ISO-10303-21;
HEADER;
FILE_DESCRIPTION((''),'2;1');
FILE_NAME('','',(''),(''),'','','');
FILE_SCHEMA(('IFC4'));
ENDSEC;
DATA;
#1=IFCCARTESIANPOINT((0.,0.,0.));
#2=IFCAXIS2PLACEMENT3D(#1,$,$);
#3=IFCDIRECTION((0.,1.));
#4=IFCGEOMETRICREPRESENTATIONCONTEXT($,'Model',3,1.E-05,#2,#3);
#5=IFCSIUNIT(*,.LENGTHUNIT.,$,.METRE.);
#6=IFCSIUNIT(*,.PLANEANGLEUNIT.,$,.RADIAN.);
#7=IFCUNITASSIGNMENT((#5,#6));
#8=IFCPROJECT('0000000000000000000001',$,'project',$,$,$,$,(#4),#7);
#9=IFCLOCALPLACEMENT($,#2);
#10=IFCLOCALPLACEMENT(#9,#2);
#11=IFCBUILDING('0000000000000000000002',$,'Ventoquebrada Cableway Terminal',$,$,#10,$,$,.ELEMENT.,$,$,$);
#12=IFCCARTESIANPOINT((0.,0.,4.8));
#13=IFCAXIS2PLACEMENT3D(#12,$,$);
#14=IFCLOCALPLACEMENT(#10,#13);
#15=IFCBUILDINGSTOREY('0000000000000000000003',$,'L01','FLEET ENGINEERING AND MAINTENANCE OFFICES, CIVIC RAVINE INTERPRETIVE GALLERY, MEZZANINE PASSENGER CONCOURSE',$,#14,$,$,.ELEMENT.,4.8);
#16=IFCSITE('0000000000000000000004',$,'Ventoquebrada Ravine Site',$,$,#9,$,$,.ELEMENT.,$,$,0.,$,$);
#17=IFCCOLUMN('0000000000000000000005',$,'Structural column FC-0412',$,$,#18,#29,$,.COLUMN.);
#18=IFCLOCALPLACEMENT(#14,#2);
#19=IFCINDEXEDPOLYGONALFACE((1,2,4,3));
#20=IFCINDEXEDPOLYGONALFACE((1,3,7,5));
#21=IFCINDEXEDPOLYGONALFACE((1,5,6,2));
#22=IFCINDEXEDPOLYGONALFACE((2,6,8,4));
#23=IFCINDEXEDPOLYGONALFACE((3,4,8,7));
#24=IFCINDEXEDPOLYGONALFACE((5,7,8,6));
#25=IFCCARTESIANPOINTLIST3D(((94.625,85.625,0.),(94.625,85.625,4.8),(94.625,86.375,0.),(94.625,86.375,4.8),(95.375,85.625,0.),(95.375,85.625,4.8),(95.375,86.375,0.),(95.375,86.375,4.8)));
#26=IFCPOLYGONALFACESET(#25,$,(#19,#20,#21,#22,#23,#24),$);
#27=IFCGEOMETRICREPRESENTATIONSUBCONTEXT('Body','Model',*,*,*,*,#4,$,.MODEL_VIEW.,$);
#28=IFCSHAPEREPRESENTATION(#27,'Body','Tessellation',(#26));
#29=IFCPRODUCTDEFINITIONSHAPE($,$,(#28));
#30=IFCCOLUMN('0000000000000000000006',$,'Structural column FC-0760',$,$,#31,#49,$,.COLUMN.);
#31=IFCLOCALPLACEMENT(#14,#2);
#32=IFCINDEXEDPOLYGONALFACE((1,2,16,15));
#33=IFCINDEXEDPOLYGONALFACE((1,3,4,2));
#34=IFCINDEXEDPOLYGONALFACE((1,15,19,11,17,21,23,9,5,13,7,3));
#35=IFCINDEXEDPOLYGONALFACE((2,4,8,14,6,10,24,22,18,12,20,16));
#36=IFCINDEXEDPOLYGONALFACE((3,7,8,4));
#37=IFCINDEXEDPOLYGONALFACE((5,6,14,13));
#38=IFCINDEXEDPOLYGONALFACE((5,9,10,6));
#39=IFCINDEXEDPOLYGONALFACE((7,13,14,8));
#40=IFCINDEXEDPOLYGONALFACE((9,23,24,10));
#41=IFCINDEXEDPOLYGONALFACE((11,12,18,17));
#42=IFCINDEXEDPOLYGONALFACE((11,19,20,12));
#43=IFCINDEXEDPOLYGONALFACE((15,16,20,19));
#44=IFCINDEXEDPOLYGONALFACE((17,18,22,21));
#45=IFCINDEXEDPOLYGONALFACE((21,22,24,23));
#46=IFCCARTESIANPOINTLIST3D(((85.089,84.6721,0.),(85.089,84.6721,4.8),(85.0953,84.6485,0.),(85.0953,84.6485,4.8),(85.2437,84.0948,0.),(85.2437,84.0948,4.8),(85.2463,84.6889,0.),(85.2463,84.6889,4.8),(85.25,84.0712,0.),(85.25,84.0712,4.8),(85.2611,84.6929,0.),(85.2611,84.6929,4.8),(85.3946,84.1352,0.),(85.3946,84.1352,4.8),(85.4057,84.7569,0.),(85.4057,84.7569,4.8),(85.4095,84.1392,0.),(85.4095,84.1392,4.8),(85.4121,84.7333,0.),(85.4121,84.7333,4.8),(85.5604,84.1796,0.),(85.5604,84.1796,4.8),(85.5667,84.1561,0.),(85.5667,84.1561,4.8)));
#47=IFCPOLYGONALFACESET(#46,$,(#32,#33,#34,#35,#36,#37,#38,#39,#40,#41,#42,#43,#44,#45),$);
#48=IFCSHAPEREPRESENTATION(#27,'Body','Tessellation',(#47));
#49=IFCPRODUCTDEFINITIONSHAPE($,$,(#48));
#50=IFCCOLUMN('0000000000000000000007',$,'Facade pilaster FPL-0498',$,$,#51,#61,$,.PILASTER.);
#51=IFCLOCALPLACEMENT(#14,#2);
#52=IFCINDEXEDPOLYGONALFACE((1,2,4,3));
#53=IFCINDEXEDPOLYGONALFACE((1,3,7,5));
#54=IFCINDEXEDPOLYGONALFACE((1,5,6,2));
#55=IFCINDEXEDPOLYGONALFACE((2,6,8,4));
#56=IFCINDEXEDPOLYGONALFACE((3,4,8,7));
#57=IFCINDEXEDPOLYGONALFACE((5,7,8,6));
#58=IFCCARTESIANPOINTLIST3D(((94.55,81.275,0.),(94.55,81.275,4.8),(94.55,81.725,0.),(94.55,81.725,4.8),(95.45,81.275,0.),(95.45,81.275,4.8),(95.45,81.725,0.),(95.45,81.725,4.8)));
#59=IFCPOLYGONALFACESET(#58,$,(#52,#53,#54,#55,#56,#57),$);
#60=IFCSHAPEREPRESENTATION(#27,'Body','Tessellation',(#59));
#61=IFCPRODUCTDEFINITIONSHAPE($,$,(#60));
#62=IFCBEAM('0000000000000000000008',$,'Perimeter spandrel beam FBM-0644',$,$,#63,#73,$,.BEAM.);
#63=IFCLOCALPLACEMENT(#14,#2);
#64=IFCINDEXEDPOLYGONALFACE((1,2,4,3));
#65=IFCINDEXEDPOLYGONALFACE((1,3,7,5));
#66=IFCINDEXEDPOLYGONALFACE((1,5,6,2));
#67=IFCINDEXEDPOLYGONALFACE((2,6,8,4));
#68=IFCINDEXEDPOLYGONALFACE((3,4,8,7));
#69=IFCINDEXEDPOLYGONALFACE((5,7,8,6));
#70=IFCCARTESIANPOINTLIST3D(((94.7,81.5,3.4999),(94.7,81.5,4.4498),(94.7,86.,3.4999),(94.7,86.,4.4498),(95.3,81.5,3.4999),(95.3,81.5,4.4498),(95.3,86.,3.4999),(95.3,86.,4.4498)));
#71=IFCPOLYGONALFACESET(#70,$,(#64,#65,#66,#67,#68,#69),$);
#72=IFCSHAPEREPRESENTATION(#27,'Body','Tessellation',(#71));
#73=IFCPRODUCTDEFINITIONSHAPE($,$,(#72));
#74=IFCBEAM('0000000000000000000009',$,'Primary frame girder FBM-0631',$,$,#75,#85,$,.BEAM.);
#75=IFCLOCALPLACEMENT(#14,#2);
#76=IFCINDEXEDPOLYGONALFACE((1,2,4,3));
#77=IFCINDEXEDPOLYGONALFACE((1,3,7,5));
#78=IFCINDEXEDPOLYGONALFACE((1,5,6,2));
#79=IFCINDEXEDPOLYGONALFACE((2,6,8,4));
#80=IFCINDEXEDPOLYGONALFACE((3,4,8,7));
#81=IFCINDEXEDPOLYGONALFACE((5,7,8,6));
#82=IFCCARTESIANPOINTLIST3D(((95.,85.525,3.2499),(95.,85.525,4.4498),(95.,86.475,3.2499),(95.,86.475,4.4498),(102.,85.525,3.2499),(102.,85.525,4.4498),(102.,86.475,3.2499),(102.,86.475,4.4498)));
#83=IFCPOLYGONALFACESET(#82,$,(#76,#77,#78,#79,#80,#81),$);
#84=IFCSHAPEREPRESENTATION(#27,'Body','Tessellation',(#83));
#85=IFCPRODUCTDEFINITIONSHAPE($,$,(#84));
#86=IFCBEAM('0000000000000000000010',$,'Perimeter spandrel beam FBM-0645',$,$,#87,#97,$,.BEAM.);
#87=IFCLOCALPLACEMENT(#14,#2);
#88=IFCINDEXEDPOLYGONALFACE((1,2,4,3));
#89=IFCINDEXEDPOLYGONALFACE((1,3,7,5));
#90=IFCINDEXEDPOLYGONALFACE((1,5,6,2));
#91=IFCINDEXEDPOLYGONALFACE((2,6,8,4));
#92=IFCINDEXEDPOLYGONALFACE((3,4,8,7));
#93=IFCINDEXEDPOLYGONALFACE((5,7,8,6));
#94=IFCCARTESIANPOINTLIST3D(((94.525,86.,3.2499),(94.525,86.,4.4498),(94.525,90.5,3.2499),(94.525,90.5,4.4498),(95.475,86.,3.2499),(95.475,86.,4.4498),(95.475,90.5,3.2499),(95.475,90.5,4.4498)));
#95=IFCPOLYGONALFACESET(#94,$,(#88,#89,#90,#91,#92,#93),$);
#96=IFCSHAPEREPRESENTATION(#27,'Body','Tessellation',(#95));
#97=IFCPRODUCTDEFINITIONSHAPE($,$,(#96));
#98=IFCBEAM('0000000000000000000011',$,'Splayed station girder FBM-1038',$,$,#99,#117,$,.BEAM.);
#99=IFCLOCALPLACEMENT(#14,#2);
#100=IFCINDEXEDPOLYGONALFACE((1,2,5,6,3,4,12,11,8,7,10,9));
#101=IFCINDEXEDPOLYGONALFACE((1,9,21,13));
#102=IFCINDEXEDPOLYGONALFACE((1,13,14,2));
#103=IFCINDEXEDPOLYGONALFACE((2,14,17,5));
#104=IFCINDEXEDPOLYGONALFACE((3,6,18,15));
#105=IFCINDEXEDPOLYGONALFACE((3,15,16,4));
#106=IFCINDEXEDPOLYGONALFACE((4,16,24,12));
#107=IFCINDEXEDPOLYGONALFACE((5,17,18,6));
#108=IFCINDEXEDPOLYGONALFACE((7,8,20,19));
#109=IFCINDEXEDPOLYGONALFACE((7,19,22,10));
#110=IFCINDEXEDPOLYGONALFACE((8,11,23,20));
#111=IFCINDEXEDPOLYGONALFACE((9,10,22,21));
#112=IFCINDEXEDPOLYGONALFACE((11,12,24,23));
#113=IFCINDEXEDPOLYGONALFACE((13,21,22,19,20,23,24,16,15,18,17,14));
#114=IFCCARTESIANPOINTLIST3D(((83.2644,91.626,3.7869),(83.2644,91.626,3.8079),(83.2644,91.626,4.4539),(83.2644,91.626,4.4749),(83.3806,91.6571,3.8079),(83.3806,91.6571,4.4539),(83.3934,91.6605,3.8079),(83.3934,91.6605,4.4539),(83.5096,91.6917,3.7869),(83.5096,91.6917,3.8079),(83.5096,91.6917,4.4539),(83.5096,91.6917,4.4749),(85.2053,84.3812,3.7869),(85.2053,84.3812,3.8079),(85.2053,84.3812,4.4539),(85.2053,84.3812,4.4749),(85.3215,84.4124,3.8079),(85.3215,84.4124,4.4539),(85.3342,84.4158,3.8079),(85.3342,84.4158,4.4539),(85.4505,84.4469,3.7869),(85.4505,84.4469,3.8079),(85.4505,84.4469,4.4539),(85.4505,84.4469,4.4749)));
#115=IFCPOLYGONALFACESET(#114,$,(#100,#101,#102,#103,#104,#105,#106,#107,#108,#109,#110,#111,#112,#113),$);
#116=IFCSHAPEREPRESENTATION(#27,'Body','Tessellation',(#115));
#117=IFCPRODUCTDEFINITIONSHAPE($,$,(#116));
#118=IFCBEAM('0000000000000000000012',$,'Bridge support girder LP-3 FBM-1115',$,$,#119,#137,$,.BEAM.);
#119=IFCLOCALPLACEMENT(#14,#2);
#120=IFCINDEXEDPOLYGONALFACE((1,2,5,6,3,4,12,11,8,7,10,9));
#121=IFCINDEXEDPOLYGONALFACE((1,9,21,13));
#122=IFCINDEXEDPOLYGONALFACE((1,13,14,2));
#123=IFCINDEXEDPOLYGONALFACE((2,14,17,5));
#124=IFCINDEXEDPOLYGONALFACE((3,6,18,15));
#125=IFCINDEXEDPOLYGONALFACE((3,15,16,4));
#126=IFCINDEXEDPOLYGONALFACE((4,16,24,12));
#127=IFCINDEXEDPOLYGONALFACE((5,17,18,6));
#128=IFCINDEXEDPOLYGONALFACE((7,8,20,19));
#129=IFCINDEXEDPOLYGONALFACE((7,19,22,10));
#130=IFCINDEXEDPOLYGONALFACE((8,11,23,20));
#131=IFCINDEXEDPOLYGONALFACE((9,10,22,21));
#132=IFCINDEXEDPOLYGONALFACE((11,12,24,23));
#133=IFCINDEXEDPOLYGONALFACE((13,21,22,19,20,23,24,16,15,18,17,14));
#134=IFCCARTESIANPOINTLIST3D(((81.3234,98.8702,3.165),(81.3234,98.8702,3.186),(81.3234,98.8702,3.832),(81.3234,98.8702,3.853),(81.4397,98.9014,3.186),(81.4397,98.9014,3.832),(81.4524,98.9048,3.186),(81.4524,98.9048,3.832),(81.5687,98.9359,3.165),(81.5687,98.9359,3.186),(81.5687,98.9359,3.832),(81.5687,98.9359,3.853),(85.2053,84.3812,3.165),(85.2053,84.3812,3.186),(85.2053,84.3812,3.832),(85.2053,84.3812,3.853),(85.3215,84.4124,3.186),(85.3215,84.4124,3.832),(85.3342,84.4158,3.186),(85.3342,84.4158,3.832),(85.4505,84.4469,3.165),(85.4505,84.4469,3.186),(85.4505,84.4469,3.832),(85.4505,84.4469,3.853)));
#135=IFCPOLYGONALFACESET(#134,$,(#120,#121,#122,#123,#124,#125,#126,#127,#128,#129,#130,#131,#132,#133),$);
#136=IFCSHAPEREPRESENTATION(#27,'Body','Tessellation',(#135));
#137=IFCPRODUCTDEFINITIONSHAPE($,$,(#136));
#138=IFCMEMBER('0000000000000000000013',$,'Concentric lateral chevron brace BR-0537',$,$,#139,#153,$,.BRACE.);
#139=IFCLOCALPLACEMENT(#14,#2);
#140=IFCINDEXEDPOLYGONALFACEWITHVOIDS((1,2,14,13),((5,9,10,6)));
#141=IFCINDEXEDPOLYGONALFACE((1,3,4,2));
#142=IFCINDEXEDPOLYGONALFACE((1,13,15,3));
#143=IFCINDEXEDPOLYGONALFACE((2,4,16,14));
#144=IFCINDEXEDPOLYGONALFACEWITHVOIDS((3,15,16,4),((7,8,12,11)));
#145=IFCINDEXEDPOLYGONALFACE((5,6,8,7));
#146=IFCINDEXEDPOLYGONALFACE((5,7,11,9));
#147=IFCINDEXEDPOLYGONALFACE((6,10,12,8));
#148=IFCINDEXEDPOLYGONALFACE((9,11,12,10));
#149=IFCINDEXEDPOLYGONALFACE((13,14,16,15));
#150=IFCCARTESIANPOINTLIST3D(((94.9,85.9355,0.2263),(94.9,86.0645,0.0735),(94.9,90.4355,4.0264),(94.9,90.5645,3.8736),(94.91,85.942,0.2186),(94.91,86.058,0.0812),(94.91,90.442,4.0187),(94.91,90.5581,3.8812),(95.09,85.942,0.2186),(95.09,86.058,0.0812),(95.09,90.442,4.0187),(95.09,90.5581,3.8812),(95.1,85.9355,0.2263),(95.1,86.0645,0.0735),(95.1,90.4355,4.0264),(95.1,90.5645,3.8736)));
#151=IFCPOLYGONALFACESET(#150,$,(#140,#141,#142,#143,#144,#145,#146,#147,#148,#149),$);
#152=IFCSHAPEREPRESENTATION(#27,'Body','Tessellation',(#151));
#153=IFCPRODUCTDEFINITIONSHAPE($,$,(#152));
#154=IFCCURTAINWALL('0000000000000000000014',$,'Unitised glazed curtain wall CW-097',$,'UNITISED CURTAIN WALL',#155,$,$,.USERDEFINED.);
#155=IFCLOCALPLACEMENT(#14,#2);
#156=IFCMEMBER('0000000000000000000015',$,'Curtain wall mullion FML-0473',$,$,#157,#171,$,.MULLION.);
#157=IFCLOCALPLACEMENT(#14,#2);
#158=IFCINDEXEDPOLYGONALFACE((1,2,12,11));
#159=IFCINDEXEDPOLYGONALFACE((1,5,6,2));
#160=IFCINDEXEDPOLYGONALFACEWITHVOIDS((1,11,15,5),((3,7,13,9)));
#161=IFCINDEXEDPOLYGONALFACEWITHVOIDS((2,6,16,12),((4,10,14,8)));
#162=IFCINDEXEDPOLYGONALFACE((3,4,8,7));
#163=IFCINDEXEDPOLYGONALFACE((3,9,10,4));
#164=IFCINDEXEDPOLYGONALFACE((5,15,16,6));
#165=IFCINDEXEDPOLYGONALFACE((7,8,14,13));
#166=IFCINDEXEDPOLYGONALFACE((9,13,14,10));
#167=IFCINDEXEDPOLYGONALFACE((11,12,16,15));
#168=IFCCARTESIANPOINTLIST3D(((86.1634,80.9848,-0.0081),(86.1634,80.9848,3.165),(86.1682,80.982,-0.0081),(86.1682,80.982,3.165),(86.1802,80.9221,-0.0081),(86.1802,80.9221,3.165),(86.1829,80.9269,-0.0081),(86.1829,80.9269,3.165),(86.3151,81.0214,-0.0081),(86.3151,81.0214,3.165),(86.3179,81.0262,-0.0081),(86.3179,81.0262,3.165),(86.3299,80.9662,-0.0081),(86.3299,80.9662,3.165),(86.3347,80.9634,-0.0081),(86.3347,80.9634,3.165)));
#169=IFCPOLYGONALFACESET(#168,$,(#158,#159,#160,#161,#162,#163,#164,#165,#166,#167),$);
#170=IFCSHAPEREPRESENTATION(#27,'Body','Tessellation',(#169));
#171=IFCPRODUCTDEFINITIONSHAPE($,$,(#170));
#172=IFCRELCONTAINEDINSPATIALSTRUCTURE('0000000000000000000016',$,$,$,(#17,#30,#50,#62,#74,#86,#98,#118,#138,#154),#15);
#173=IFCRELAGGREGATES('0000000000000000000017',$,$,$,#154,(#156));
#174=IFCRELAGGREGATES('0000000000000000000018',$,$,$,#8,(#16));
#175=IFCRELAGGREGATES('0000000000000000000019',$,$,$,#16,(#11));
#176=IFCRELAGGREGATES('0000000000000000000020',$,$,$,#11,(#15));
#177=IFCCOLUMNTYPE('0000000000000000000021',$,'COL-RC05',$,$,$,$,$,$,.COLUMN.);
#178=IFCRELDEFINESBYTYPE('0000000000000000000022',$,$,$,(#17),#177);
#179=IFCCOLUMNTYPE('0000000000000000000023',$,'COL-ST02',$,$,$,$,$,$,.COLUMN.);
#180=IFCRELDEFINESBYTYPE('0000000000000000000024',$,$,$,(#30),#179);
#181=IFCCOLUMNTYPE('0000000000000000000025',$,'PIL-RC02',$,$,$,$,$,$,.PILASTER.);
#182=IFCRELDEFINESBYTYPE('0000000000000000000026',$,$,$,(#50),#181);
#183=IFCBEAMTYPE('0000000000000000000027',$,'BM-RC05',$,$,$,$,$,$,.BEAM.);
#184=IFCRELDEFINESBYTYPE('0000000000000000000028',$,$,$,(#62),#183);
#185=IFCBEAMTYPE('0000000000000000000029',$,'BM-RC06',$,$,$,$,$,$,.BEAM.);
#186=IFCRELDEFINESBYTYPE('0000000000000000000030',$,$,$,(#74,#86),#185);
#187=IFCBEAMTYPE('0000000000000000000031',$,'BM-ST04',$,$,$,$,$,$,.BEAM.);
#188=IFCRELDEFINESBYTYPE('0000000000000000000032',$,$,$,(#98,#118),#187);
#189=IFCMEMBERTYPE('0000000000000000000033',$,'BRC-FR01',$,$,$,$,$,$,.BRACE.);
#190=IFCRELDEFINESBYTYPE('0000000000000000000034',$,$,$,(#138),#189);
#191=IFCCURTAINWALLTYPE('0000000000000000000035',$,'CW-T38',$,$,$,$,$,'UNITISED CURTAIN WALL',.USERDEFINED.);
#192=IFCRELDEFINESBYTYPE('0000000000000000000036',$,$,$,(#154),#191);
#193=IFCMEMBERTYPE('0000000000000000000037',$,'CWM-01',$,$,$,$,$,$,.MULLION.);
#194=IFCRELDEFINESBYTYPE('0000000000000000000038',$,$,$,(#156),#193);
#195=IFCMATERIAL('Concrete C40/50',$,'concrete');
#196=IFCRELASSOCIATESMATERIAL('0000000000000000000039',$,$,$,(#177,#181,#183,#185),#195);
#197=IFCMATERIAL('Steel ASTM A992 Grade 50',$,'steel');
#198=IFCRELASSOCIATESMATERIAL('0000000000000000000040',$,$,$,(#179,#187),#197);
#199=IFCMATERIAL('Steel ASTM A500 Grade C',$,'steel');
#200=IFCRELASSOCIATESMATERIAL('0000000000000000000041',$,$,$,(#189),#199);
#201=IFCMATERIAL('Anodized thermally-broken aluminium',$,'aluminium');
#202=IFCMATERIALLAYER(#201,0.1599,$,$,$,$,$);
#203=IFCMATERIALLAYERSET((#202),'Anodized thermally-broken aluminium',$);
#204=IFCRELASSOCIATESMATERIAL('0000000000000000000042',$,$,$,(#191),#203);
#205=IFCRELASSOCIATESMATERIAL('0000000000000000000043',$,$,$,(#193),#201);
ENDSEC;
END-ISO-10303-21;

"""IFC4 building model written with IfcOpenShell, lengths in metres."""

from ifc_helpers import new_model, si_unit, direction, frame, origin, origin_2d, place, context, subcontext, project, spatial, rectangle, hollow_rectangle, i_section, extrude, material, layer, layer_set, material_profile, profile_set, type_object, element, aggregate, save


model = new_model("IFC4")

# Units and contexts
model_context = context("Model", 3, precision=1e-05, world=origin(), true_north=direction((0.0, 1.0)))
body_context = subcontext(model_context, "Body", "Model", "MODEL_VIEW")
ifc_project = project(units=[si_unit("LENGTHUNIT", "METRE"), si_unit("PLANEANGLEUNIT", "RADIAN")], contexts=[model_context])

# Site, building, storey
site_placement = place(None, origin())
site = spatial("IfcSite", under=ifc_project, at=site_placement, Name="Ventoquebrada Ravine Site", CompositionType="ELEMENT", RefElevation=0.0)
building_placement = place(site_placement, origin())
building = spatial("IfcBuilding", under=site, at=building_placement, Name="Ventoquebrada Cableway Terminal", CompositionType="ELEMENT")
storey_placement = place(building_placement, frame((0.0, 0.0, 4.8)))
storey = spatial("IfcBuildingStorey", under=building, at=storey_placement, Name="L01", Description="FLEET ENGINEERING AND MAINTENANCE OFFICES, CIVIC RAVINE INTERPRETIVE GALLERY, MEZZANINE PASSENGER CONCOURSE", CompositionType="ELEMENT", Elevation=4.8)

# Columns
ifc_material_1 = material(Name="Concrete C40/50", Category="concrete")
ifc_material_profile_1 = material_profile(ifc_material_1, rectangle(XDim=0.75, YDim=0.75, at=origin_2d()), Name="RC-COL-750X750")
ifc_profile_set_1 = profile_set([ifc_material_profile_1], Name="Concrete C40/50")
column_type_1 = type_object("IfcColumnType", Name="COL-RC05", PredefinedType="COLUMN", material=ifc_profile_set_1)
column_1_placement = place(storey_placement, frame((95.0, 86.0, 0.0), z_axis=(0.0, 0.0, 1.0), x_axis=(1.0, 0.0, 0.0)))
element("IfcColumn", 1, at=column_1_placement, inside=storey, type_object=column_type_1, Name="Structural column FC-0412", PredefinedType="COLUMN", context=body_context, shape_type="SweptSolid", body=[
    extrude(rectangle(XDim=0.75, YDim=0.75, at=origin_2d()), origin(), (0.0, 0.0, 1.0), 4.8),
])
ifc_material_2 = material(Name="Steel ASTM A992 Grade 50", Category="steel")
ifc_material_profile_2 = material_profile(ifc_material_2, i_section(OverallWidth=0.3279, OverallDepth=0.6221, WebThickness=0.0154, FlangeThickness=0.0244, at=origin_2d()), Name="W24X131")
ifc_profile_set_2 = profile_set([ifc_material_profile_2], Name="Steel ASTM A992 Grade 50")
column_type_2 = type_object("IfcColumnType", Name="COL-ST02", PredefinedType="COLUMN", material=ifc_profile_set_2)
column_2_placement = place(storey_placement, frame((85.3279, 84.4141, 0.0), z_axis=(0.0, 0.0, 1.0), x_axis=(0.965926, 0.258819, 0.0)))
element("IfcColumn", 2, at=column_2_placement, inside=storey, type_object=column_type_2, Name="Structural column FC-0760", PredefinedType="COLUMN", context=body_context, shape_type="SweptSolid", body=[
    extrude(i_section(OverallWidth=0.3279, OverallDepth=0.6221, WebThickness=0.0154, FlangeThickness=0.0244, at=origin_2d()), origin(), (0.0, 0.0, 1.0), 4.8),
])
ifc_material_profile_3 = material_profile(ifc_material_1, rectangle(XDim=0.45, YDim=0.8999, at=origin_2d()), Name="RC-PIL-450X900")
ifc_profile_set_3 = profile_set([ifc_material_profile_3], Name="Concrete C40/50")
column_type_3 = type_object("IfcColumnType", Name="PIL-RC02", PredefinedType="PILASTER", material=ifc_profile_set_3)
column_3_placement = place(storey_placement, frame((95.0, 81.5, 0.0), z_axis=(0.0, 0.0, 1.0), x_axis=(0.0, 1.0, 0.0)))
element("IfcColumn", 3, at=column_3_placement, inside=storey, type_object=column_type_3, Name="Facade pilaster FPL-0498", PredefinedType="PILASTER", context=body_context, shape_type="SweptSolid", body=[
    extrude(rectangle(XDim=0.45, YDim=0.8999, at=origin_2d()), origin(), (0.0, 0.0, 1.0), 4.8),
])

# Beams
ifc_material_profile_4 = material_profile(ifc_material_1, rectangle(XDim=0.6001, YDim=0.95, at=origin_2d()), Name="RC-BM-600X950")
ifc_profile_set_4 = profile_set([ifc_material_profile_4], Name="Concrete C40/50")
beam_type_1 = type_object("IfcBeamType", Name="BM-RC05", PredefinedType="BEAM", material=ifc_profile_set_4)
beam_1_placement = place(storey_placement, frame((95.0, 81.5, 3.9749), z_axis=(0.0, 1.0, 0.0), x_axis=(-1.0, 0.0, 0.0)))
element("IfcBeam", 4, at=beam_1_placement, inside=storey, type_object=beam_type_1, Name="Perimeter spandrel beam FBM-0644", PredefinedType="BEAM", context=body_context, shape_type="SweptSolid", body=[
    extrude(rectangle(XDim=0.6001, YDim=0.95, at=origin_2d()), origin(), (0.0, 0.0, 1.0), 4.5),
])
ifc_material_profile_5 = material_profile(ifc_material_1, rectangle(XDim=0.95, YDim=1.2, at=origin_2d()), Name="RC-BM-950X1200")
ifc_profile_set_5 = profile_set([ifc_material_profile_5], Name="Concrete C40/50")
beam_type_2 = type_object("IfcBeamType", Name="BM-RC06", PredefinedType="BEAM", material=ifc_profile_set_5)
beam_2_placement = place(storey_placement, frame((95.0, 86.0, 3.8499), z_axis=(1.0, 0.0, 0.0), x_axis=(0.0, 1.0, 0.0)))
element("IfcBeam", 5, at=beam_2_placement, inside=storey, type_object=beam_type_2, Name="Primary frame girder FBM-0631", PredefinedType="BEAM", context=body_context, shape_type="SweptSolid", body=[
    extrude(rectangle(XDim=0.95, YDim=1.2, at=origin_2d()), origin(), (0.0, 0.0, 1.0), 7.0),
])
beam_3_placement = place(storey_placement, frame((95.0, 86.0, 3.8499), z_axis=(0.0, 1.0, 0.0), x_axis=(-1.0, 0.0, 0.0)))
element("IfcBeam", 6, at=beam_3_placement, inside=storey, type_object=beam_type_2, Name="Perimeter spandrel beam FBM-0645", PredefinedType="BEAM", context=body_context, shape_type="SweptSolid", body=[
    extrude(rectangle(XDim=0.95, YDim=1.2, at=origin_2d()), origin(), (0.0, 0.0, 1.0), 4.5),
])
ifc_material_profile_6 = material_profile(ifc_material_2, i_section(OverallWidth=0.2539, OverallDepth=0.688, WebThickness=0.0132, FlangeThickness=0.021, at=origin_2d()), Name="W27X102")
ifc_profile_set_6 = profile_set([ifc_material_profile_6], Name="Steel ASTM A992 Grade 50")
beam_type_3 = type_object("IfcBeamType", Name="BM-ST04", PredefinedType="BEAM", material=ifc_profile_set_6)
beam_4_placement = place(storey_placement, frame((85.3279, 84.4141, 4.1309), z_axis=(-0.258777, 0.965937, 0.0), x_axis=(-0.965937, -0.258777, 0.0)))
element("IfcBeam", 7, at=beam_4_placement, inside=storey, type_object=beam_type_3, Name="Splayed station girder FBM-1038", PredefinedType="BEAM", context=body_context, shape_type="SweptSolid", body=[
    extrude(i_section(OverallWidth=0.2539, OverallDepth=0.688, WebThickness=0.0132, FlangeThickness=0.021, at=origin_2d()), origin(), (0.0, 0.0, 1.0), 7.5002),
])
beam_5_placement = place(storey_placement, frame((85.3279, 84.4141, 3.509), z_axis=(-0.258789, 0.965934, 0.0), x_axis=(-0.965934, -0.258789, 0.0)))
element("IfcBeam", 8, at=beam_5_placement, inside=storey, type_object=beam_type_3, Name="Bridge support girder LP-3 FBM-1115", PredefinedType="BEAM", context=body_context, shape_type="SweptSolid", body=[
    extrude(i_section(OverallWidth=0.2539, OverallDepth=0.688, WebThickness=0.0132, FlangeThickness=0.021, at=origin_2d()), origin(), (0.0, 0.0, 1.0), 15.0),
])

# Member
ifc_material_3 = material(Name="Steel ASTM A500 Grade C", Category="steel")
ifc_material_profile_7 = material_profile(ifc_material_3, hollow_rectangle(XDim=0.2, YDim=0.2, WallThickness=0.01, at=origin_2d()), Name="HSS200X200X10")
ifc_profile_set_7 = profile_set([ifc_material_profile_7], Name="Steel ASTM A500 Grade C")
member_type_1 = type_object("IfcMemberType", Name="BRC-FR01", PredefinedType="BRACE", material=ifc_profile_set_7)
member_1_placement = place(storey_placement, frame((95.0, 86.0, 0.1499), z_axis=(0.0, 0.764026, 0.645186), x_axis=(-1.0, 0.0, 0.0)))
element("IfcMember", 9, at=member_1_placement, inside=storey, type_object=member_type_1, Name="Concentric lateral chevron brace BR-0537", PredefinedType="BRACE", context=body_context, shape_type="SweptSolid", body=[
    extrude(hollow_rectangle(XDim=0.2, YDim=0.2, WallThickness=0.01, at=origin_2d()), origin(), (0.0, 0.0, 1.0), 5.8899),
])

# Curtain wall, member
ifc_material_4 = material(Name="Anodized thermally-broken aluminium", Category="aluminium")
ifc_layer_1 = layer(ifc_material_4, 0.1599)
ifc_layer_set_1 = layer_set([ifc_layer_1], Name="Anodized thermally-broken aluminium")
curtain_wall_type_1 = type_object("IfcCurtainWallType", Name="CW-T38", ElementType="UNITISED CURTAIN WALL", PredefinedType="USERDEFINED", material=ifc_layer_set_1)
curtain_wall_1_placement = place(storey_placement, origin())
curtain_wall_1 = element("IfcCurtainWall", 10, at=curtain_wall_1_placement, inside=storey, type_object=curtain_wall_type_1, Name="Unitised glazed curtain wall CW-097", ObjectType="UNITISED CURTAIN WALL", PredefinedType="USERDEFINED")
ifc_material_profile_8 = material_profile(ifc_material_4, hollow_rectangle(XDim=0.0649, YDim=0.1599, WallThickness=0.0039, at=origin_2d()), Name="CW-MUL-65X160")
ifc_profile_set_8 = profile_set([ifc_material_profile_8], Name="Anodized thermally-broken aluminium")
member_type_2 = type_object("IfcMemberType", Name="CWM-01", PredefinedType="MULLION", material=ifc_profile_set_8)
member_2_placement = place(storey_placement, frame((86.249, 80.9741, -0.0081), z_axis=(0.0, 0.0, 1.0), x_axis=(-0.25865, 0.965971, 0.0)))
member_2 = element("IfcMember", 11, at=member_2_placement, type_object=member_type_2, Name="Curtain wall mullion FML-0473", PredefinedType="MULLION", context=body_context, shape_type="SweptSolid", body=[
    extrude(hollow_rectangle(XDim=0.0649, YDim=0.1599, WallThickness=0.0039, at=origin_2d()), origin(), (0.0, 0.0, 1.0), 3.1731),
])

aggregate(curtain_wall_1, [member_2])

save(model, "model.ifc")
